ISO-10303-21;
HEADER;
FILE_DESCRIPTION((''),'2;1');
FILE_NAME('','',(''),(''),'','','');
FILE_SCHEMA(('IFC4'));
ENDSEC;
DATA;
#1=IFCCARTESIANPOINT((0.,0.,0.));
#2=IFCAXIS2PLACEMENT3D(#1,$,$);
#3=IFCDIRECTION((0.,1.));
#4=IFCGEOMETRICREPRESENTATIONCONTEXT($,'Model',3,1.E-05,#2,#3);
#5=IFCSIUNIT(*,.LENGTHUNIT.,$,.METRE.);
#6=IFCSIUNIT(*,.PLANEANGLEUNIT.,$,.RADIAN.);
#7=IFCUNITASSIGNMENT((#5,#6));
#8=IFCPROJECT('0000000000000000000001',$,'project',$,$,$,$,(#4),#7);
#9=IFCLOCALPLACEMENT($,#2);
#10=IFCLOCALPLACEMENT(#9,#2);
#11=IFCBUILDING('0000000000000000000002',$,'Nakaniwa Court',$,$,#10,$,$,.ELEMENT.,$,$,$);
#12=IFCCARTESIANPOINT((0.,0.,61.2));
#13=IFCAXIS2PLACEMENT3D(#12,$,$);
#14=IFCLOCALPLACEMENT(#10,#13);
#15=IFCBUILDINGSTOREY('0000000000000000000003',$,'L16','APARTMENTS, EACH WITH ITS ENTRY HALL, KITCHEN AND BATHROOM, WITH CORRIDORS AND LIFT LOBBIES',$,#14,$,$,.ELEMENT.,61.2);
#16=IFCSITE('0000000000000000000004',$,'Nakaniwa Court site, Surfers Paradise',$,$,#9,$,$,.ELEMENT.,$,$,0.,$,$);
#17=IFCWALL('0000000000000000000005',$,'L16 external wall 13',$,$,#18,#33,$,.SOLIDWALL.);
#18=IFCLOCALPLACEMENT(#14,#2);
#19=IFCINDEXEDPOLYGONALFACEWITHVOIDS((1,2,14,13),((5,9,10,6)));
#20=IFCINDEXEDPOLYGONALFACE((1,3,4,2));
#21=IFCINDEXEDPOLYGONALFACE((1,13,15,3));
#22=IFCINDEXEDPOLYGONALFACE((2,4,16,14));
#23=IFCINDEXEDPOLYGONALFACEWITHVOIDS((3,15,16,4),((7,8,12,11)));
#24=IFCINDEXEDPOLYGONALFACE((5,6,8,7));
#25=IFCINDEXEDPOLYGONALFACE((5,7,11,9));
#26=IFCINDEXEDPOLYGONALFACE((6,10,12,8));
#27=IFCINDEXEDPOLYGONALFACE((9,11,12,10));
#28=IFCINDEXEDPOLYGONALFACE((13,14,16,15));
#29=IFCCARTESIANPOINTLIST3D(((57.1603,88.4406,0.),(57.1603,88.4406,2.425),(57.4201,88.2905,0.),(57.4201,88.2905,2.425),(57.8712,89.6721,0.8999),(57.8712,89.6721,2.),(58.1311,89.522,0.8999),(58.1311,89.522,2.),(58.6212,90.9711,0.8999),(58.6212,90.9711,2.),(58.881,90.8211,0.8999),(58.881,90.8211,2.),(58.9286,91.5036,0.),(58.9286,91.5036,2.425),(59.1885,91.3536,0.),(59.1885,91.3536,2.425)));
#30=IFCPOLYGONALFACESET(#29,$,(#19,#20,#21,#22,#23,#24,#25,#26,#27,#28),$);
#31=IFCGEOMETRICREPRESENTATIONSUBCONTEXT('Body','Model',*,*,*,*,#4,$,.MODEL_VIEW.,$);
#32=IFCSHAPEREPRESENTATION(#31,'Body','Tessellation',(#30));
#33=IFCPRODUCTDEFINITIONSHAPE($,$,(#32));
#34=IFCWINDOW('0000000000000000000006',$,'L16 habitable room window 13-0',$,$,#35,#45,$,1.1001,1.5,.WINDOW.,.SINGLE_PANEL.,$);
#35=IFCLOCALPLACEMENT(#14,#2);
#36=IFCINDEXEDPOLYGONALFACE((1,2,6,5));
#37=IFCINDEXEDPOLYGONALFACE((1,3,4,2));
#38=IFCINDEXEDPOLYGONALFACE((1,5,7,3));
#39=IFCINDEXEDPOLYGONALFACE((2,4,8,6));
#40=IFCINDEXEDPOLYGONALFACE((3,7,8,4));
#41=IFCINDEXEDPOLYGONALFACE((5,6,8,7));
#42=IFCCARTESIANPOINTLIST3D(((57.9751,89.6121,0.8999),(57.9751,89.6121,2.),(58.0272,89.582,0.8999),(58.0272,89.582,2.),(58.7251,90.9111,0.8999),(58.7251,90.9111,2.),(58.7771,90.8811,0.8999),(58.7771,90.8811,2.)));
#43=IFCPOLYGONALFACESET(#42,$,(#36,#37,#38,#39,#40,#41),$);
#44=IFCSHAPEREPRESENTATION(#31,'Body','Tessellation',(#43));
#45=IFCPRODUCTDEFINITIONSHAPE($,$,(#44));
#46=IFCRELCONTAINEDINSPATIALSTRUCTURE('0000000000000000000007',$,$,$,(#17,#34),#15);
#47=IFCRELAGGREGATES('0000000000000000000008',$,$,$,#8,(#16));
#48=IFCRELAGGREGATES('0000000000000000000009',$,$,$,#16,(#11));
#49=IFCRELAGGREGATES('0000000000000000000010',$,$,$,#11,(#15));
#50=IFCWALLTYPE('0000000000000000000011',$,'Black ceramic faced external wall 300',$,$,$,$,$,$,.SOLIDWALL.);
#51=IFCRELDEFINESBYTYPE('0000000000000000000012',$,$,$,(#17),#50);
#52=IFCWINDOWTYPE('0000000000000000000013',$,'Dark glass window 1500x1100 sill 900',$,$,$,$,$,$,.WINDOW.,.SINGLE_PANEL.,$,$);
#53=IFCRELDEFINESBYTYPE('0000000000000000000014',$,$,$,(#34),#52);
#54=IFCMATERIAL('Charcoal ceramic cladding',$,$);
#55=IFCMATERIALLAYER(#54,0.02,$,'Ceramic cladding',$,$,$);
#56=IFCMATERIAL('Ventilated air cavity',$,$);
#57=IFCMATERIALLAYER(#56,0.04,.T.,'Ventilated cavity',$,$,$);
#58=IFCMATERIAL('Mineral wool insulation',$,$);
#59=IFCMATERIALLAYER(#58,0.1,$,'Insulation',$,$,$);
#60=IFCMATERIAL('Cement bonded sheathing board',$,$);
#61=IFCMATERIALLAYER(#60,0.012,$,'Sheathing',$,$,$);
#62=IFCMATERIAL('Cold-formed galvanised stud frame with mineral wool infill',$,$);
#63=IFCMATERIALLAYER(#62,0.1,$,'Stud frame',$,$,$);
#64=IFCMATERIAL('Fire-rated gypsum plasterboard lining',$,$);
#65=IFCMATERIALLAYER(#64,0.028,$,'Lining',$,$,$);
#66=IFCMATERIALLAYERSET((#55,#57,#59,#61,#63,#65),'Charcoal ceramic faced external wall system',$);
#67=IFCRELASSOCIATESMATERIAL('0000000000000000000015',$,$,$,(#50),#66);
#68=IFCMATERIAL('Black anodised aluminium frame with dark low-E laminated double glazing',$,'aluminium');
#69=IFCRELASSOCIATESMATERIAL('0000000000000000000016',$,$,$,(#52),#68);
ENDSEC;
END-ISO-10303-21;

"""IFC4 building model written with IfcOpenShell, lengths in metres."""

from ifc_helpers import new_model, si_unit, direction, frame, frame_2d, origin, place, context, subcontext, project, spatial, rectangle, extrude, material, layer, layer_set, type_object, element, fill, save


model = new_model("IFC4")

# Units and contexts
model_context = context("Model", 3, precision=1e-05, world=origin(), true_north=direction((0.0, 1.0)))
body_context = subcontext(model_context, "Body", "Model", "MODEL_VIEW")
ifc_project = project(units=[si_unit("LENGTHUNIT", "METRE"), si_unit("PLANEANGLEUNIT", "RADIAN")], contexts=[model_context])

# Site, building, storey
site_placement = place(None, origin())
site = spatial("IfcSite", under=ifc_project, at=site_placement, Name="Nakaniwa Court site, Surfers Paradise", CompositionType="ELEMENT", RefElevation=0.0)
building_placement = place(site_placement, origin())
building = spatial("IfcBuilding", under=site, at=building_placement, Name="Nakaniwa Court", CompositionType="ELEMENT")
storey_placement = place(building_placement, frame((0.0, 0.0, 61.2)))
storey = spatial("IfcBuildingStorey", under=building, at=storey_placement, Name="L16", Description="APARTMENTS, EACH WITH ITS ENTRY HALL, KITCHEN AND BATHROOM, WITH CORRIDORS AND LIFT LOBBIES", CompositionType="ELEMENT", Elevation=61.2)

# Wall, opening, window
ifc_material_1 = material(Name="Charcoal ceramic cladding")
ifc_layer_1 = layer(ifc_material_1, 0.02, Name="Ceramic cladding")
ifc_material_2 = material(Name="Ventilated air cavity")
ifc_layer_2 = layer(ifc_material_2, 0.04, ventilated=True, Name="Ventilated cavity")
ifc_material_3 = material(Name="Mineral wool insulation")
ifc_layer_3 = layer(ifc_material_3, 0.1, Name="Insulation")
ifc_material_4 = material(Name="Cement bonded sheathing board")
ifc_layer_4 = layer(ifc_material_4, 0.012, Name="Sheathing")
ifc_material_5 = material(Name="Cold-formed galvanised stud frame with mineral wool infill")
ifc_layer_5 = layer(ifc_material_5, 0.1, Name="Stud frame")
ifc_material_6 = material(Name="Fire-rated gypsum plasterboard lining")
ifc_layer_6 = layer(ifc_material_6, 0.028, Name="Lining")
ifc_layer_set_1 = layer_set([ifc_layer_1, ifc_layer_2, ifc_layer_3, ifc_layer_4, ifc_layer_5, ifc_layer_6], Name="Charcoal ceramic faced external wall system")
wall_type_1 = type_object("IfcWallType", Name="Black ceramic faced external wall 300", PredefinedType="SOLIDWALL", material=ifc_layer_set_1)
ifc_material_7 = material(Name="Black anodised aluminium frame with dark low-E laminated double glazing", Category="aluminium")
wall_1_placement = place(storey_placement, frame((59.0586, 91.4287, 0.0), z_axis=(0.0, 0.0, 1.0), x_axis=(-0.499977, -0.866038, 0.0)))
wall_1 = element("IfcWall", 1, at=wall_1_placement, inside=storey, type_object=wall_type_1, Name="L16 external wall 13", PredefinedType="SOLIDWALL", context=body_context, shape_type="SweptSolid", body=[
    extrude(rectangle(XDim=3.5369, YDim=0.3, at=frame_2d((1.7686, 0.0))), origin(), (0.0, 0.0, 1.0), 2.425),
])
opening_1_placement = place(wall_1_placement, frame((0.615, 0.0, 0.8999)))
opening_1 = element("IfcOpeningElement", 2, at=opening_1_placement, cuts=wall_1, PredefinedType="OPENING", context=body_context, shape_type="SweptSolid", body=[
    extrude(rectangle(XDim=1.5, YDim=1.1001, at=frame_2d((0.75, 0.55))), frame((0.0, 0.1599, 0.0), z_axis=(0.0, -1.0, 0.0), x_axis=(1.0, 0.0, 0.0)), (0.0, 0.0, 1.0), 0.3201),
])
window_type_1 = type_object("IfcWindowType", Name="Dark glass window 1500x1100 sill 900", PartitioningType="SINGLE_PANEL", PredefinedType="WINDOW", material=ifc_material_7)
window_1_placement = place(opening_1_placement, origin())
window_1 = element("IfcWindow", 3, at=window_1_placement, inside=storey, type_object=window_type_1, Name="L16 habitable room window 13-0", OverallHeight=1.1001, OverallWidth=1.5, PartitioningType="SINGLE_PANEL", PredefinedType="WINDOW", context=body_context, shape_type="SweptSolid", body=[
    extrude(rectangle(XDim=1.5, YDim=1.1001, at=frame_2d((0.75, 0.55))), frame((0.0, 0.03, 0.0), z_axis=(0.0, -1.0, 0.0), x_axis=(1.0, 0.0, 0.0)), (0.0, 0.0, 1.0), 0.0601),
])
fill(opening_1, window_1)

save(model, "model.ifc")
